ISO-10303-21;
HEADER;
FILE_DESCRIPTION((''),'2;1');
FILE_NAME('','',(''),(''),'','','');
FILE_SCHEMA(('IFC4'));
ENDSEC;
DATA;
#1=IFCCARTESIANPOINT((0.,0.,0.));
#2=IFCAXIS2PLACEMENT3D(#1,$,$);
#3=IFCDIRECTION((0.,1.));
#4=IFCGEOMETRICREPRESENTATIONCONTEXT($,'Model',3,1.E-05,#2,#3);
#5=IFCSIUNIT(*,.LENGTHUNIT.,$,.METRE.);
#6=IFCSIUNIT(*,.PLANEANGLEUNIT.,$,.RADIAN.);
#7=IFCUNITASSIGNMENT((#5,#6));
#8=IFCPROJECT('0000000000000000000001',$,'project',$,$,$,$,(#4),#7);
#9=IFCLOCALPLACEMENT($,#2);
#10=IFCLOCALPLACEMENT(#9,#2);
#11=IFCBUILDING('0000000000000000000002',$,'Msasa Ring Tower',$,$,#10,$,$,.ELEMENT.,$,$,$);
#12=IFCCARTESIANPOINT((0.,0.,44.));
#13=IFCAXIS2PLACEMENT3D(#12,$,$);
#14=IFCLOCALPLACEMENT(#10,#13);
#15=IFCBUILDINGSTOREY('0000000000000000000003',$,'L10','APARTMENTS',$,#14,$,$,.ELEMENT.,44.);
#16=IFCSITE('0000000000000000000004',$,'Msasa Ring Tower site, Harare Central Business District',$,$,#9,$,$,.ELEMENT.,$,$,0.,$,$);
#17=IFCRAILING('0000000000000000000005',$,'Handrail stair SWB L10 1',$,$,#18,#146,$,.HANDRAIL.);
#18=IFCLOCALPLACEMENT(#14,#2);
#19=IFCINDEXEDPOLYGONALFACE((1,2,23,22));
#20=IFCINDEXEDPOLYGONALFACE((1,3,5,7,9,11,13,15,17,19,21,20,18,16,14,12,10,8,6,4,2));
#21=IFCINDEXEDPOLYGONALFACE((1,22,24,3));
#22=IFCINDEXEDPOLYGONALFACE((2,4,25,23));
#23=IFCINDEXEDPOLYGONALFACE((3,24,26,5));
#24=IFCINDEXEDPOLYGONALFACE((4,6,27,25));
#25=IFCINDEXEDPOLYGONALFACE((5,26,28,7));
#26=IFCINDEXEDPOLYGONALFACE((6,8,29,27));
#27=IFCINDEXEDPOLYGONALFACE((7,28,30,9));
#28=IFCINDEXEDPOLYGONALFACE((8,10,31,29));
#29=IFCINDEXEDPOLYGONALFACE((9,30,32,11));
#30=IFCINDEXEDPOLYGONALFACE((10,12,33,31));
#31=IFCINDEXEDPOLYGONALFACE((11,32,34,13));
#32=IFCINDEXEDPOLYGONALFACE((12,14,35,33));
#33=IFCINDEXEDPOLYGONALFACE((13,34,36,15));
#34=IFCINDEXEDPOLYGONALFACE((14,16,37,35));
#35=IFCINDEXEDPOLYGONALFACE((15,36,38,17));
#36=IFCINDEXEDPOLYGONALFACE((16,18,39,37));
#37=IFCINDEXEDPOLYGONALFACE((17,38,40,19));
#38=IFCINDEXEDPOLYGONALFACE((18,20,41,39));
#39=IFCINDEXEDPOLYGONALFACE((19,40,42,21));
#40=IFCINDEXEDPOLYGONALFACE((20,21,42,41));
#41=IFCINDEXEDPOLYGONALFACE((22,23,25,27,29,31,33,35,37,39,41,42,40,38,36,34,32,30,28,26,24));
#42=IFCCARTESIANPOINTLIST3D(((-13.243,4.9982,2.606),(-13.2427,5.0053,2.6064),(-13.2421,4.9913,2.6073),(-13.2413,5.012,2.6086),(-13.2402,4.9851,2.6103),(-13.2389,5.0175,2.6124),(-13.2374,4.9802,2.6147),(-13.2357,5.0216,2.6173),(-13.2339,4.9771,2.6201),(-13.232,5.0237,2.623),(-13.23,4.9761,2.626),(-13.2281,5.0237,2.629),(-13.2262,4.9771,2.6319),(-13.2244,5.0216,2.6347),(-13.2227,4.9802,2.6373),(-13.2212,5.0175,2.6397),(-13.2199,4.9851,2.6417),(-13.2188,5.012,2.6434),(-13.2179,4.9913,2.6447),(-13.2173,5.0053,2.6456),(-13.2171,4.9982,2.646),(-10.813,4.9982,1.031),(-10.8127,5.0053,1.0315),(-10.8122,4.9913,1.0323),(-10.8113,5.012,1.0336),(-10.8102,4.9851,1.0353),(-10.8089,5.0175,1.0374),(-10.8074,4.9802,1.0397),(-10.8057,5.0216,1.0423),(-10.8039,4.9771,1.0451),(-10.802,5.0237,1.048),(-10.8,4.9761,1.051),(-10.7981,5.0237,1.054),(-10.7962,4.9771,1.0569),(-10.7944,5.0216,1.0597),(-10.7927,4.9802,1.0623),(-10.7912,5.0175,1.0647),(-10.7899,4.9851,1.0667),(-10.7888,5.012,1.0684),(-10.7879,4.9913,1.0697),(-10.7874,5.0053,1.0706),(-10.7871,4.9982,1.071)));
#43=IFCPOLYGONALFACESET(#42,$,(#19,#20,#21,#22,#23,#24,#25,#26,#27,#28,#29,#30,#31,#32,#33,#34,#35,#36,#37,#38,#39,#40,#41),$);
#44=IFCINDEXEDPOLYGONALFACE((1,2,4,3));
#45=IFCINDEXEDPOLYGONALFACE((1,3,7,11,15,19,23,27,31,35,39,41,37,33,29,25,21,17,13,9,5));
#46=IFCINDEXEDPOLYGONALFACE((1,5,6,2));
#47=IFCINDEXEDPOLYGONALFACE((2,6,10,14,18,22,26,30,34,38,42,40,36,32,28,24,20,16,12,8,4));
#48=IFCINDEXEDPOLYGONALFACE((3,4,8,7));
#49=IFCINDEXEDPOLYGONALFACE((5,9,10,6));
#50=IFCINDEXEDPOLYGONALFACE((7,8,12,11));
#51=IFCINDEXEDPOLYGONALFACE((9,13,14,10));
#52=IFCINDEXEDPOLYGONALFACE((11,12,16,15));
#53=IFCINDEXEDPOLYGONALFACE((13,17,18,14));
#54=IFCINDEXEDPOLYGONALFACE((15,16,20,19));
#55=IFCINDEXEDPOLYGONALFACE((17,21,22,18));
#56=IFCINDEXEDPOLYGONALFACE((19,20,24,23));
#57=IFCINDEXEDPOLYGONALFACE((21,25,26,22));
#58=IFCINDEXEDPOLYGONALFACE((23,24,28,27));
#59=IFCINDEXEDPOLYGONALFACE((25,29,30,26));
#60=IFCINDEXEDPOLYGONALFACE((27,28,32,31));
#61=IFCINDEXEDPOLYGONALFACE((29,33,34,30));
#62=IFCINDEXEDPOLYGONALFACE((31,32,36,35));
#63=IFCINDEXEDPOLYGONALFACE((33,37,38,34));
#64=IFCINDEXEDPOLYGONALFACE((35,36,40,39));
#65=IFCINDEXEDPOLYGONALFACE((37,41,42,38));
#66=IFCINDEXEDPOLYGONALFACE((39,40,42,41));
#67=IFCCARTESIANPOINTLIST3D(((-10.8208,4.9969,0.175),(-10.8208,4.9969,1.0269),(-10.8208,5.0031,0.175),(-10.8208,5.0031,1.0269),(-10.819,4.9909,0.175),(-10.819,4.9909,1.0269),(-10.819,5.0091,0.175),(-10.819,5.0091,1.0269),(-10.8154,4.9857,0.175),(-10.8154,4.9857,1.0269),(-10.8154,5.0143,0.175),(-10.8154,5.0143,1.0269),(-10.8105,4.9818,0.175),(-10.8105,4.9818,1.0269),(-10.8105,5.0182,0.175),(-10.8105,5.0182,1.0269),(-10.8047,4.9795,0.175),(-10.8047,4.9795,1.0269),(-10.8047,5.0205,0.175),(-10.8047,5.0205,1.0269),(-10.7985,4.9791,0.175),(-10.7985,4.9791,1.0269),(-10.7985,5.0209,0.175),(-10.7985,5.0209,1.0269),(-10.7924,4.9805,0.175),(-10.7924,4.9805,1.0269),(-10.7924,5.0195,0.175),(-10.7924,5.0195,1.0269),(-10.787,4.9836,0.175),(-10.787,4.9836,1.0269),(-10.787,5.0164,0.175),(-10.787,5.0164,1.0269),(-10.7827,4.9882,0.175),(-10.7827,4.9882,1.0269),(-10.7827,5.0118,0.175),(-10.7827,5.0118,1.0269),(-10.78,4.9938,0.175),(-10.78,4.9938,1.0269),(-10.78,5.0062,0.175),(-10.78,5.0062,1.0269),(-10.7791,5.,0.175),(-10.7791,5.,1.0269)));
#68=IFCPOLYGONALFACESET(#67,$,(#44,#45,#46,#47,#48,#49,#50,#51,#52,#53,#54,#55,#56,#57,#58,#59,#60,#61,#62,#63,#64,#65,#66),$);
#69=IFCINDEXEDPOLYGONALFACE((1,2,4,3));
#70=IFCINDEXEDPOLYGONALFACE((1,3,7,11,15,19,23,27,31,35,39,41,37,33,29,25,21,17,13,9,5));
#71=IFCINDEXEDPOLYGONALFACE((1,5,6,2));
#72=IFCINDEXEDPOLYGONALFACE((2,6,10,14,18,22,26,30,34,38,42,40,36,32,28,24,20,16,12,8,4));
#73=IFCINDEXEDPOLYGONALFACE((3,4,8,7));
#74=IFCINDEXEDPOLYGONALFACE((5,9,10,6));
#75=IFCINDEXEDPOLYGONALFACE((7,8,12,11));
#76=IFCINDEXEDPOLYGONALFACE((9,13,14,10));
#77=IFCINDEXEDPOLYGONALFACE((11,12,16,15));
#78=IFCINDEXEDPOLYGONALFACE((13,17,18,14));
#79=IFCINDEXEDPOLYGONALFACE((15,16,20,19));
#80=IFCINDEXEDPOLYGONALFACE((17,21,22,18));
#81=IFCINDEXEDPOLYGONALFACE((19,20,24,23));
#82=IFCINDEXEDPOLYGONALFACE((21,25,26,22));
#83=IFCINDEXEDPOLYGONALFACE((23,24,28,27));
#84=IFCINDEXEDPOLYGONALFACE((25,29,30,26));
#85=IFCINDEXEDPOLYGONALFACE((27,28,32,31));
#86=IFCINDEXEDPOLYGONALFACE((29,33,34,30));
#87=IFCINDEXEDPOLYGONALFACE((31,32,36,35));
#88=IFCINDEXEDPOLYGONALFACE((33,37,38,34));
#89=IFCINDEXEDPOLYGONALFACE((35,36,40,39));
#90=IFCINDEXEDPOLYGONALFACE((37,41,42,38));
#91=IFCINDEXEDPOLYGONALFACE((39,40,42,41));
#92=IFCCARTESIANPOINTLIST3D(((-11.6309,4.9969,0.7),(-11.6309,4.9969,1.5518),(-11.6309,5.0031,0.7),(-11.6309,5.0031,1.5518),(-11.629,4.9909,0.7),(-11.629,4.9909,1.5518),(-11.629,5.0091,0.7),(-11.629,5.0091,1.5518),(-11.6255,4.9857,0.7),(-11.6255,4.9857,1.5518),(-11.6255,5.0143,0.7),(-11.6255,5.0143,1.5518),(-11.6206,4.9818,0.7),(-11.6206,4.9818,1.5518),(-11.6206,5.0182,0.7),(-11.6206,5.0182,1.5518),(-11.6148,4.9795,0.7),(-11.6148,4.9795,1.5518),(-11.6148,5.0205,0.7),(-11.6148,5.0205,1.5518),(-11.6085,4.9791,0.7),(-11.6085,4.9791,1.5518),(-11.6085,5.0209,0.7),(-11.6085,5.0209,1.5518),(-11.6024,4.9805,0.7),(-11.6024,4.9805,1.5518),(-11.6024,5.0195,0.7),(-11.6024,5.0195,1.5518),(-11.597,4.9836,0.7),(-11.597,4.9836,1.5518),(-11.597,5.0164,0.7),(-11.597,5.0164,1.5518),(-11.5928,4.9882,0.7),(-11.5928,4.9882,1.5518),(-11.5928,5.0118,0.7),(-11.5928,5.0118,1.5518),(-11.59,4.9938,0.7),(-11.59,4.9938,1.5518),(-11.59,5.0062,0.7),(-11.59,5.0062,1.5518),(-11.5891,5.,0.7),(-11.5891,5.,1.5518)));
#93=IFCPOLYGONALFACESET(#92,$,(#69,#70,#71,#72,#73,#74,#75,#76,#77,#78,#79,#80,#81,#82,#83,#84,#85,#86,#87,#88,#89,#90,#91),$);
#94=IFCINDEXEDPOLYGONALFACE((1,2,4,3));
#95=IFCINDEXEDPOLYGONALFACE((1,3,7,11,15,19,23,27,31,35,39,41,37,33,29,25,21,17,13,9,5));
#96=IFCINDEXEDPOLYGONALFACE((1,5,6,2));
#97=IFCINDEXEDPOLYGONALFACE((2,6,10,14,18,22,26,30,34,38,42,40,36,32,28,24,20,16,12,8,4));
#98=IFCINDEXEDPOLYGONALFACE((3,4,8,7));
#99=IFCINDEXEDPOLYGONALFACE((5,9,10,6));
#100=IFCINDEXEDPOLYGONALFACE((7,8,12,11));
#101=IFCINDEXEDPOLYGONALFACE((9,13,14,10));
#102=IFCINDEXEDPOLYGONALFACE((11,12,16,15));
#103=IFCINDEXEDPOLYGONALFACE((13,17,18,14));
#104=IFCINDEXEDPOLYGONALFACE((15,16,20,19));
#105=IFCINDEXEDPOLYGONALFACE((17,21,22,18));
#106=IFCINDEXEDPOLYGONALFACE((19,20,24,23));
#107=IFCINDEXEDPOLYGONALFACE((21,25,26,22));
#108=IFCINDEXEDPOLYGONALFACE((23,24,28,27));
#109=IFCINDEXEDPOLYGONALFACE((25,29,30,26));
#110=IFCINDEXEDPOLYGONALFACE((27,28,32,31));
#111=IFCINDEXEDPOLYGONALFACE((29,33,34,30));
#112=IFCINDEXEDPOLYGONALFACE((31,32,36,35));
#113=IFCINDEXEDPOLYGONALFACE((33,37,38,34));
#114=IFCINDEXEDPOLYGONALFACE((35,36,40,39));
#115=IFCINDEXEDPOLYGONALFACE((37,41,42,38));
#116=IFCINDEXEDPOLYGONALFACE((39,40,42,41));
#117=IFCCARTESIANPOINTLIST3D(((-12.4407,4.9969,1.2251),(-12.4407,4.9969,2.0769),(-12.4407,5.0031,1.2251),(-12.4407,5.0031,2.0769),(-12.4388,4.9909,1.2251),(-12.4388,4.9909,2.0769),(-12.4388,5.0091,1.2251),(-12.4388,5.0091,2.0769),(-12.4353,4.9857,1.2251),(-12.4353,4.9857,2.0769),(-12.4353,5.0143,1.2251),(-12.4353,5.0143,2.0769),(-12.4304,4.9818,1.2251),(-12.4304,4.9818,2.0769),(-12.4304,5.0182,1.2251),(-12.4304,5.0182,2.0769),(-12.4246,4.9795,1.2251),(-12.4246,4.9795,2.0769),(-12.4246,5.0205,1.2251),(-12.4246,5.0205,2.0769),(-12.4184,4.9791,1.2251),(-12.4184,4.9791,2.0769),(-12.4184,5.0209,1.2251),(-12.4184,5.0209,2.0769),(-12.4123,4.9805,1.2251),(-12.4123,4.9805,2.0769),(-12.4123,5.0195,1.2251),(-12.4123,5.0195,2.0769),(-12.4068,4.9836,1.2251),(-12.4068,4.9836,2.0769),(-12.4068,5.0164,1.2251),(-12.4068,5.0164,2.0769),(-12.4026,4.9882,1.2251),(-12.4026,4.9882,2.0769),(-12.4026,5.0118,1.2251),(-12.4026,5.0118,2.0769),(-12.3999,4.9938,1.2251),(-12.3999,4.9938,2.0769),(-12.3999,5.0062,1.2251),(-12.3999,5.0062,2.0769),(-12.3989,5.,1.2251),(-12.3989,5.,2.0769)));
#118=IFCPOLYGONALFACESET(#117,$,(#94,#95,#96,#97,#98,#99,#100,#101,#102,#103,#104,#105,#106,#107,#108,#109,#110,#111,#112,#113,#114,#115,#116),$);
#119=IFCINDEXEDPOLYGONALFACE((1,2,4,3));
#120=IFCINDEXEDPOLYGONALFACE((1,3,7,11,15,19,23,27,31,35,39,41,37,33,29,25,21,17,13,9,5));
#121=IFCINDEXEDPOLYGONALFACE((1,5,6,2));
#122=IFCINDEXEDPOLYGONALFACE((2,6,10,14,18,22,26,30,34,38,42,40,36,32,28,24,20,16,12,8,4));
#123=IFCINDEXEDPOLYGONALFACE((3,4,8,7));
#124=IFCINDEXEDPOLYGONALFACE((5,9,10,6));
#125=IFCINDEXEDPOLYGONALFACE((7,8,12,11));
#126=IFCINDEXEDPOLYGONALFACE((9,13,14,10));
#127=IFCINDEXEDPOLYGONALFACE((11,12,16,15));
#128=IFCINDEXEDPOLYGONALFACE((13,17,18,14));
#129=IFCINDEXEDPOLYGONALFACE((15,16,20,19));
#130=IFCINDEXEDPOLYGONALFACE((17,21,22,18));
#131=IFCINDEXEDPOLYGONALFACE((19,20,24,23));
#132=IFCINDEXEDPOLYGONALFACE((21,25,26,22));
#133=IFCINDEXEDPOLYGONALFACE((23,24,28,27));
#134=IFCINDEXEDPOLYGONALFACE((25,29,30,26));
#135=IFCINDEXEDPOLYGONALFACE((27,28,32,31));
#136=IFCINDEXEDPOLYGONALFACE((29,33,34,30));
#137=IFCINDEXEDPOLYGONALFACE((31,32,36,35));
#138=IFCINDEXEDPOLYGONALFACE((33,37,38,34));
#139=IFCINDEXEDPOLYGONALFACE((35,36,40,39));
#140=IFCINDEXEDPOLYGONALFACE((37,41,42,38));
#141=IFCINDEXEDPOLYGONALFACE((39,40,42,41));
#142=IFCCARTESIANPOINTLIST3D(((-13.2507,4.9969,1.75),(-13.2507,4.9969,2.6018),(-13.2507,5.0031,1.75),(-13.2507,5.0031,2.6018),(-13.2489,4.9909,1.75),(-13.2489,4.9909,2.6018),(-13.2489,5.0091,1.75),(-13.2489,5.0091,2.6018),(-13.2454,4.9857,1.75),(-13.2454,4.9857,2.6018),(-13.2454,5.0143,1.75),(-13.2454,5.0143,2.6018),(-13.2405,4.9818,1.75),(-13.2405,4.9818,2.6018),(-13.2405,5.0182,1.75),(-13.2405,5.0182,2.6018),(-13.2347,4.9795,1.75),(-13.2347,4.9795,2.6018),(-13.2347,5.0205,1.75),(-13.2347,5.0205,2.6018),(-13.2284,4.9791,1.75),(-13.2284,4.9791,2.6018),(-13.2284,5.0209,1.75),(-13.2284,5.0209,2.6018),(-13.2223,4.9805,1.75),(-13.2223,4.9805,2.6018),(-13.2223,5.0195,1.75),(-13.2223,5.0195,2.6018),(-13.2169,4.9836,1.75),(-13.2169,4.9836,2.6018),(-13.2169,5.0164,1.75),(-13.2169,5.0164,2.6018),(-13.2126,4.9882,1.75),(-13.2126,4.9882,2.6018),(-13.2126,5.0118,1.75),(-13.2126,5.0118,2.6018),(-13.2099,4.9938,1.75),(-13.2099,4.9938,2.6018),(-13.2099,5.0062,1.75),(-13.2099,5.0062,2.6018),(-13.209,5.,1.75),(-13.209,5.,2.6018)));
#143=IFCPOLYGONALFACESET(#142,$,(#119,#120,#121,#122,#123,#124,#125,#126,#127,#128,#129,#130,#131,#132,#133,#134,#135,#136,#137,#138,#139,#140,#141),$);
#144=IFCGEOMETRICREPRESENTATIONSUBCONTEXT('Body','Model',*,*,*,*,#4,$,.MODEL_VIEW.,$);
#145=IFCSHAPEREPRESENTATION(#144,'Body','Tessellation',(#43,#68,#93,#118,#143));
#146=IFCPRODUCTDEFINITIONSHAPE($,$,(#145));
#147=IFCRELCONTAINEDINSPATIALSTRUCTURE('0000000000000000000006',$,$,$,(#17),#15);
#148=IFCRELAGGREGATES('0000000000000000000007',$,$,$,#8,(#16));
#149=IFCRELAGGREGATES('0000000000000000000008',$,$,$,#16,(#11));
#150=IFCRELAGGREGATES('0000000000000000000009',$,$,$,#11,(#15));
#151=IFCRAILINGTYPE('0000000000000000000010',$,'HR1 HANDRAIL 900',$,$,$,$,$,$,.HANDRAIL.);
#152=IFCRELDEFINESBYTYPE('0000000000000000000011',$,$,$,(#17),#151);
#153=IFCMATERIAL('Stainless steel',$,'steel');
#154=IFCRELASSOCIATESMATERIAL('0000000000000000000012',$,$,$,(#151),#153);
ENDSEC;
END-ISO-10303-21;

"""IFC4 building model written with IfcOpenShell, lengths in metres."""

from ifc_helpers import new_model, si_unit, direction, frame, origin, origin_2d, place, context, subcontext, project, spatial, circle, extrude, material, type_object, element, save


model = new_model("IFC4")

# Units and contexts
model_context = context("Model", 3, precision=1e-05, world=origin(), true_north=direction((0.0, 1.0)))
body_context = subcontext(model_context, "Body", "Model", "MODEL_VIEW")
ifc_project = project(units=[si_unit("LENGTHUNIT", "METRE"), si_unit("PLANEANGLEUNIT", "RADIAN")], contexts=[model_context])

# Site, building, storey
site_placement = place(None, origin())
site = spatial("IfcSite", under=ifc_project, at=site_placement, Name="Msasa Ring Tower site, Harare Central Business District", CompositionType="ELEMENT", RefElevation=0.0)
building_placement = place(site_placement, origin())
building = spatial("IfcBuilding", under=site, at=building_placement, Name="Msasa Ring Tower", CompositionType="ELEMENT")
storey_placement = place(building_placement, frame((0.0, 0.0, 44.0)))
storey = spatial("IfcBuildingStorey", under=building, at=storey_placement, Name="L10", Description="APARTMENTS", CompositionType="ELEMENT", Elevation=44.0)

# Railing
ifc_material_1 = material(Name="Stainless steel", Category="steel")
railing_type = type_object("IfcRailingType", Name="HR1 HANDRAIL 900", PredefinedType="HANDRAIL", material=ifc_material_1)
for number, where, name in (
    (1, (-10.8, 5.0, 0.175), "Handrail stair SWB L10 1"),
):
    element("IfcRailing", number, at=place(storey_placement, frame(where)), inside=storey, type_object=railing_type, Name=name, PredefinedType="HANDRAIL", context=body_context, shape_type="SweptSolid", body=[
        extrude(circle(Radius=0.0239, at=origin_2d()), frame((0.0, 0.0, 0.876), z_axis=(-0.839154, 0.0, 0.543894), x_axis=(0.0, -1.0, 0.0)), (0.0, 0.0, 1.0), 2.8958),
        extrude(circle(Radius=0.021, at=origin_2d()), origin(), (0.0, 0.0, 1.0), 0.8518),
        extrude(circle(Radius=0.021, at=origin_2d()), frame((-0.8101, 0.0, 0.5249)), (0.0, 0.0, 1.0), 0.8518),
        extrude(circle(Radius=0.021, at=origin_2d()), frame((-1.6199, 0.0, 1.05)), (0.0, 0.0, 1.0), 0.8518),
        extrude(circle(Radius=0.021, at=origin_2d()), frame((-2.4299, 0.0, 1.575)), (0.0, 0.0, 1.0), 0.8518),
    ])

save(model, "model.ifc")
